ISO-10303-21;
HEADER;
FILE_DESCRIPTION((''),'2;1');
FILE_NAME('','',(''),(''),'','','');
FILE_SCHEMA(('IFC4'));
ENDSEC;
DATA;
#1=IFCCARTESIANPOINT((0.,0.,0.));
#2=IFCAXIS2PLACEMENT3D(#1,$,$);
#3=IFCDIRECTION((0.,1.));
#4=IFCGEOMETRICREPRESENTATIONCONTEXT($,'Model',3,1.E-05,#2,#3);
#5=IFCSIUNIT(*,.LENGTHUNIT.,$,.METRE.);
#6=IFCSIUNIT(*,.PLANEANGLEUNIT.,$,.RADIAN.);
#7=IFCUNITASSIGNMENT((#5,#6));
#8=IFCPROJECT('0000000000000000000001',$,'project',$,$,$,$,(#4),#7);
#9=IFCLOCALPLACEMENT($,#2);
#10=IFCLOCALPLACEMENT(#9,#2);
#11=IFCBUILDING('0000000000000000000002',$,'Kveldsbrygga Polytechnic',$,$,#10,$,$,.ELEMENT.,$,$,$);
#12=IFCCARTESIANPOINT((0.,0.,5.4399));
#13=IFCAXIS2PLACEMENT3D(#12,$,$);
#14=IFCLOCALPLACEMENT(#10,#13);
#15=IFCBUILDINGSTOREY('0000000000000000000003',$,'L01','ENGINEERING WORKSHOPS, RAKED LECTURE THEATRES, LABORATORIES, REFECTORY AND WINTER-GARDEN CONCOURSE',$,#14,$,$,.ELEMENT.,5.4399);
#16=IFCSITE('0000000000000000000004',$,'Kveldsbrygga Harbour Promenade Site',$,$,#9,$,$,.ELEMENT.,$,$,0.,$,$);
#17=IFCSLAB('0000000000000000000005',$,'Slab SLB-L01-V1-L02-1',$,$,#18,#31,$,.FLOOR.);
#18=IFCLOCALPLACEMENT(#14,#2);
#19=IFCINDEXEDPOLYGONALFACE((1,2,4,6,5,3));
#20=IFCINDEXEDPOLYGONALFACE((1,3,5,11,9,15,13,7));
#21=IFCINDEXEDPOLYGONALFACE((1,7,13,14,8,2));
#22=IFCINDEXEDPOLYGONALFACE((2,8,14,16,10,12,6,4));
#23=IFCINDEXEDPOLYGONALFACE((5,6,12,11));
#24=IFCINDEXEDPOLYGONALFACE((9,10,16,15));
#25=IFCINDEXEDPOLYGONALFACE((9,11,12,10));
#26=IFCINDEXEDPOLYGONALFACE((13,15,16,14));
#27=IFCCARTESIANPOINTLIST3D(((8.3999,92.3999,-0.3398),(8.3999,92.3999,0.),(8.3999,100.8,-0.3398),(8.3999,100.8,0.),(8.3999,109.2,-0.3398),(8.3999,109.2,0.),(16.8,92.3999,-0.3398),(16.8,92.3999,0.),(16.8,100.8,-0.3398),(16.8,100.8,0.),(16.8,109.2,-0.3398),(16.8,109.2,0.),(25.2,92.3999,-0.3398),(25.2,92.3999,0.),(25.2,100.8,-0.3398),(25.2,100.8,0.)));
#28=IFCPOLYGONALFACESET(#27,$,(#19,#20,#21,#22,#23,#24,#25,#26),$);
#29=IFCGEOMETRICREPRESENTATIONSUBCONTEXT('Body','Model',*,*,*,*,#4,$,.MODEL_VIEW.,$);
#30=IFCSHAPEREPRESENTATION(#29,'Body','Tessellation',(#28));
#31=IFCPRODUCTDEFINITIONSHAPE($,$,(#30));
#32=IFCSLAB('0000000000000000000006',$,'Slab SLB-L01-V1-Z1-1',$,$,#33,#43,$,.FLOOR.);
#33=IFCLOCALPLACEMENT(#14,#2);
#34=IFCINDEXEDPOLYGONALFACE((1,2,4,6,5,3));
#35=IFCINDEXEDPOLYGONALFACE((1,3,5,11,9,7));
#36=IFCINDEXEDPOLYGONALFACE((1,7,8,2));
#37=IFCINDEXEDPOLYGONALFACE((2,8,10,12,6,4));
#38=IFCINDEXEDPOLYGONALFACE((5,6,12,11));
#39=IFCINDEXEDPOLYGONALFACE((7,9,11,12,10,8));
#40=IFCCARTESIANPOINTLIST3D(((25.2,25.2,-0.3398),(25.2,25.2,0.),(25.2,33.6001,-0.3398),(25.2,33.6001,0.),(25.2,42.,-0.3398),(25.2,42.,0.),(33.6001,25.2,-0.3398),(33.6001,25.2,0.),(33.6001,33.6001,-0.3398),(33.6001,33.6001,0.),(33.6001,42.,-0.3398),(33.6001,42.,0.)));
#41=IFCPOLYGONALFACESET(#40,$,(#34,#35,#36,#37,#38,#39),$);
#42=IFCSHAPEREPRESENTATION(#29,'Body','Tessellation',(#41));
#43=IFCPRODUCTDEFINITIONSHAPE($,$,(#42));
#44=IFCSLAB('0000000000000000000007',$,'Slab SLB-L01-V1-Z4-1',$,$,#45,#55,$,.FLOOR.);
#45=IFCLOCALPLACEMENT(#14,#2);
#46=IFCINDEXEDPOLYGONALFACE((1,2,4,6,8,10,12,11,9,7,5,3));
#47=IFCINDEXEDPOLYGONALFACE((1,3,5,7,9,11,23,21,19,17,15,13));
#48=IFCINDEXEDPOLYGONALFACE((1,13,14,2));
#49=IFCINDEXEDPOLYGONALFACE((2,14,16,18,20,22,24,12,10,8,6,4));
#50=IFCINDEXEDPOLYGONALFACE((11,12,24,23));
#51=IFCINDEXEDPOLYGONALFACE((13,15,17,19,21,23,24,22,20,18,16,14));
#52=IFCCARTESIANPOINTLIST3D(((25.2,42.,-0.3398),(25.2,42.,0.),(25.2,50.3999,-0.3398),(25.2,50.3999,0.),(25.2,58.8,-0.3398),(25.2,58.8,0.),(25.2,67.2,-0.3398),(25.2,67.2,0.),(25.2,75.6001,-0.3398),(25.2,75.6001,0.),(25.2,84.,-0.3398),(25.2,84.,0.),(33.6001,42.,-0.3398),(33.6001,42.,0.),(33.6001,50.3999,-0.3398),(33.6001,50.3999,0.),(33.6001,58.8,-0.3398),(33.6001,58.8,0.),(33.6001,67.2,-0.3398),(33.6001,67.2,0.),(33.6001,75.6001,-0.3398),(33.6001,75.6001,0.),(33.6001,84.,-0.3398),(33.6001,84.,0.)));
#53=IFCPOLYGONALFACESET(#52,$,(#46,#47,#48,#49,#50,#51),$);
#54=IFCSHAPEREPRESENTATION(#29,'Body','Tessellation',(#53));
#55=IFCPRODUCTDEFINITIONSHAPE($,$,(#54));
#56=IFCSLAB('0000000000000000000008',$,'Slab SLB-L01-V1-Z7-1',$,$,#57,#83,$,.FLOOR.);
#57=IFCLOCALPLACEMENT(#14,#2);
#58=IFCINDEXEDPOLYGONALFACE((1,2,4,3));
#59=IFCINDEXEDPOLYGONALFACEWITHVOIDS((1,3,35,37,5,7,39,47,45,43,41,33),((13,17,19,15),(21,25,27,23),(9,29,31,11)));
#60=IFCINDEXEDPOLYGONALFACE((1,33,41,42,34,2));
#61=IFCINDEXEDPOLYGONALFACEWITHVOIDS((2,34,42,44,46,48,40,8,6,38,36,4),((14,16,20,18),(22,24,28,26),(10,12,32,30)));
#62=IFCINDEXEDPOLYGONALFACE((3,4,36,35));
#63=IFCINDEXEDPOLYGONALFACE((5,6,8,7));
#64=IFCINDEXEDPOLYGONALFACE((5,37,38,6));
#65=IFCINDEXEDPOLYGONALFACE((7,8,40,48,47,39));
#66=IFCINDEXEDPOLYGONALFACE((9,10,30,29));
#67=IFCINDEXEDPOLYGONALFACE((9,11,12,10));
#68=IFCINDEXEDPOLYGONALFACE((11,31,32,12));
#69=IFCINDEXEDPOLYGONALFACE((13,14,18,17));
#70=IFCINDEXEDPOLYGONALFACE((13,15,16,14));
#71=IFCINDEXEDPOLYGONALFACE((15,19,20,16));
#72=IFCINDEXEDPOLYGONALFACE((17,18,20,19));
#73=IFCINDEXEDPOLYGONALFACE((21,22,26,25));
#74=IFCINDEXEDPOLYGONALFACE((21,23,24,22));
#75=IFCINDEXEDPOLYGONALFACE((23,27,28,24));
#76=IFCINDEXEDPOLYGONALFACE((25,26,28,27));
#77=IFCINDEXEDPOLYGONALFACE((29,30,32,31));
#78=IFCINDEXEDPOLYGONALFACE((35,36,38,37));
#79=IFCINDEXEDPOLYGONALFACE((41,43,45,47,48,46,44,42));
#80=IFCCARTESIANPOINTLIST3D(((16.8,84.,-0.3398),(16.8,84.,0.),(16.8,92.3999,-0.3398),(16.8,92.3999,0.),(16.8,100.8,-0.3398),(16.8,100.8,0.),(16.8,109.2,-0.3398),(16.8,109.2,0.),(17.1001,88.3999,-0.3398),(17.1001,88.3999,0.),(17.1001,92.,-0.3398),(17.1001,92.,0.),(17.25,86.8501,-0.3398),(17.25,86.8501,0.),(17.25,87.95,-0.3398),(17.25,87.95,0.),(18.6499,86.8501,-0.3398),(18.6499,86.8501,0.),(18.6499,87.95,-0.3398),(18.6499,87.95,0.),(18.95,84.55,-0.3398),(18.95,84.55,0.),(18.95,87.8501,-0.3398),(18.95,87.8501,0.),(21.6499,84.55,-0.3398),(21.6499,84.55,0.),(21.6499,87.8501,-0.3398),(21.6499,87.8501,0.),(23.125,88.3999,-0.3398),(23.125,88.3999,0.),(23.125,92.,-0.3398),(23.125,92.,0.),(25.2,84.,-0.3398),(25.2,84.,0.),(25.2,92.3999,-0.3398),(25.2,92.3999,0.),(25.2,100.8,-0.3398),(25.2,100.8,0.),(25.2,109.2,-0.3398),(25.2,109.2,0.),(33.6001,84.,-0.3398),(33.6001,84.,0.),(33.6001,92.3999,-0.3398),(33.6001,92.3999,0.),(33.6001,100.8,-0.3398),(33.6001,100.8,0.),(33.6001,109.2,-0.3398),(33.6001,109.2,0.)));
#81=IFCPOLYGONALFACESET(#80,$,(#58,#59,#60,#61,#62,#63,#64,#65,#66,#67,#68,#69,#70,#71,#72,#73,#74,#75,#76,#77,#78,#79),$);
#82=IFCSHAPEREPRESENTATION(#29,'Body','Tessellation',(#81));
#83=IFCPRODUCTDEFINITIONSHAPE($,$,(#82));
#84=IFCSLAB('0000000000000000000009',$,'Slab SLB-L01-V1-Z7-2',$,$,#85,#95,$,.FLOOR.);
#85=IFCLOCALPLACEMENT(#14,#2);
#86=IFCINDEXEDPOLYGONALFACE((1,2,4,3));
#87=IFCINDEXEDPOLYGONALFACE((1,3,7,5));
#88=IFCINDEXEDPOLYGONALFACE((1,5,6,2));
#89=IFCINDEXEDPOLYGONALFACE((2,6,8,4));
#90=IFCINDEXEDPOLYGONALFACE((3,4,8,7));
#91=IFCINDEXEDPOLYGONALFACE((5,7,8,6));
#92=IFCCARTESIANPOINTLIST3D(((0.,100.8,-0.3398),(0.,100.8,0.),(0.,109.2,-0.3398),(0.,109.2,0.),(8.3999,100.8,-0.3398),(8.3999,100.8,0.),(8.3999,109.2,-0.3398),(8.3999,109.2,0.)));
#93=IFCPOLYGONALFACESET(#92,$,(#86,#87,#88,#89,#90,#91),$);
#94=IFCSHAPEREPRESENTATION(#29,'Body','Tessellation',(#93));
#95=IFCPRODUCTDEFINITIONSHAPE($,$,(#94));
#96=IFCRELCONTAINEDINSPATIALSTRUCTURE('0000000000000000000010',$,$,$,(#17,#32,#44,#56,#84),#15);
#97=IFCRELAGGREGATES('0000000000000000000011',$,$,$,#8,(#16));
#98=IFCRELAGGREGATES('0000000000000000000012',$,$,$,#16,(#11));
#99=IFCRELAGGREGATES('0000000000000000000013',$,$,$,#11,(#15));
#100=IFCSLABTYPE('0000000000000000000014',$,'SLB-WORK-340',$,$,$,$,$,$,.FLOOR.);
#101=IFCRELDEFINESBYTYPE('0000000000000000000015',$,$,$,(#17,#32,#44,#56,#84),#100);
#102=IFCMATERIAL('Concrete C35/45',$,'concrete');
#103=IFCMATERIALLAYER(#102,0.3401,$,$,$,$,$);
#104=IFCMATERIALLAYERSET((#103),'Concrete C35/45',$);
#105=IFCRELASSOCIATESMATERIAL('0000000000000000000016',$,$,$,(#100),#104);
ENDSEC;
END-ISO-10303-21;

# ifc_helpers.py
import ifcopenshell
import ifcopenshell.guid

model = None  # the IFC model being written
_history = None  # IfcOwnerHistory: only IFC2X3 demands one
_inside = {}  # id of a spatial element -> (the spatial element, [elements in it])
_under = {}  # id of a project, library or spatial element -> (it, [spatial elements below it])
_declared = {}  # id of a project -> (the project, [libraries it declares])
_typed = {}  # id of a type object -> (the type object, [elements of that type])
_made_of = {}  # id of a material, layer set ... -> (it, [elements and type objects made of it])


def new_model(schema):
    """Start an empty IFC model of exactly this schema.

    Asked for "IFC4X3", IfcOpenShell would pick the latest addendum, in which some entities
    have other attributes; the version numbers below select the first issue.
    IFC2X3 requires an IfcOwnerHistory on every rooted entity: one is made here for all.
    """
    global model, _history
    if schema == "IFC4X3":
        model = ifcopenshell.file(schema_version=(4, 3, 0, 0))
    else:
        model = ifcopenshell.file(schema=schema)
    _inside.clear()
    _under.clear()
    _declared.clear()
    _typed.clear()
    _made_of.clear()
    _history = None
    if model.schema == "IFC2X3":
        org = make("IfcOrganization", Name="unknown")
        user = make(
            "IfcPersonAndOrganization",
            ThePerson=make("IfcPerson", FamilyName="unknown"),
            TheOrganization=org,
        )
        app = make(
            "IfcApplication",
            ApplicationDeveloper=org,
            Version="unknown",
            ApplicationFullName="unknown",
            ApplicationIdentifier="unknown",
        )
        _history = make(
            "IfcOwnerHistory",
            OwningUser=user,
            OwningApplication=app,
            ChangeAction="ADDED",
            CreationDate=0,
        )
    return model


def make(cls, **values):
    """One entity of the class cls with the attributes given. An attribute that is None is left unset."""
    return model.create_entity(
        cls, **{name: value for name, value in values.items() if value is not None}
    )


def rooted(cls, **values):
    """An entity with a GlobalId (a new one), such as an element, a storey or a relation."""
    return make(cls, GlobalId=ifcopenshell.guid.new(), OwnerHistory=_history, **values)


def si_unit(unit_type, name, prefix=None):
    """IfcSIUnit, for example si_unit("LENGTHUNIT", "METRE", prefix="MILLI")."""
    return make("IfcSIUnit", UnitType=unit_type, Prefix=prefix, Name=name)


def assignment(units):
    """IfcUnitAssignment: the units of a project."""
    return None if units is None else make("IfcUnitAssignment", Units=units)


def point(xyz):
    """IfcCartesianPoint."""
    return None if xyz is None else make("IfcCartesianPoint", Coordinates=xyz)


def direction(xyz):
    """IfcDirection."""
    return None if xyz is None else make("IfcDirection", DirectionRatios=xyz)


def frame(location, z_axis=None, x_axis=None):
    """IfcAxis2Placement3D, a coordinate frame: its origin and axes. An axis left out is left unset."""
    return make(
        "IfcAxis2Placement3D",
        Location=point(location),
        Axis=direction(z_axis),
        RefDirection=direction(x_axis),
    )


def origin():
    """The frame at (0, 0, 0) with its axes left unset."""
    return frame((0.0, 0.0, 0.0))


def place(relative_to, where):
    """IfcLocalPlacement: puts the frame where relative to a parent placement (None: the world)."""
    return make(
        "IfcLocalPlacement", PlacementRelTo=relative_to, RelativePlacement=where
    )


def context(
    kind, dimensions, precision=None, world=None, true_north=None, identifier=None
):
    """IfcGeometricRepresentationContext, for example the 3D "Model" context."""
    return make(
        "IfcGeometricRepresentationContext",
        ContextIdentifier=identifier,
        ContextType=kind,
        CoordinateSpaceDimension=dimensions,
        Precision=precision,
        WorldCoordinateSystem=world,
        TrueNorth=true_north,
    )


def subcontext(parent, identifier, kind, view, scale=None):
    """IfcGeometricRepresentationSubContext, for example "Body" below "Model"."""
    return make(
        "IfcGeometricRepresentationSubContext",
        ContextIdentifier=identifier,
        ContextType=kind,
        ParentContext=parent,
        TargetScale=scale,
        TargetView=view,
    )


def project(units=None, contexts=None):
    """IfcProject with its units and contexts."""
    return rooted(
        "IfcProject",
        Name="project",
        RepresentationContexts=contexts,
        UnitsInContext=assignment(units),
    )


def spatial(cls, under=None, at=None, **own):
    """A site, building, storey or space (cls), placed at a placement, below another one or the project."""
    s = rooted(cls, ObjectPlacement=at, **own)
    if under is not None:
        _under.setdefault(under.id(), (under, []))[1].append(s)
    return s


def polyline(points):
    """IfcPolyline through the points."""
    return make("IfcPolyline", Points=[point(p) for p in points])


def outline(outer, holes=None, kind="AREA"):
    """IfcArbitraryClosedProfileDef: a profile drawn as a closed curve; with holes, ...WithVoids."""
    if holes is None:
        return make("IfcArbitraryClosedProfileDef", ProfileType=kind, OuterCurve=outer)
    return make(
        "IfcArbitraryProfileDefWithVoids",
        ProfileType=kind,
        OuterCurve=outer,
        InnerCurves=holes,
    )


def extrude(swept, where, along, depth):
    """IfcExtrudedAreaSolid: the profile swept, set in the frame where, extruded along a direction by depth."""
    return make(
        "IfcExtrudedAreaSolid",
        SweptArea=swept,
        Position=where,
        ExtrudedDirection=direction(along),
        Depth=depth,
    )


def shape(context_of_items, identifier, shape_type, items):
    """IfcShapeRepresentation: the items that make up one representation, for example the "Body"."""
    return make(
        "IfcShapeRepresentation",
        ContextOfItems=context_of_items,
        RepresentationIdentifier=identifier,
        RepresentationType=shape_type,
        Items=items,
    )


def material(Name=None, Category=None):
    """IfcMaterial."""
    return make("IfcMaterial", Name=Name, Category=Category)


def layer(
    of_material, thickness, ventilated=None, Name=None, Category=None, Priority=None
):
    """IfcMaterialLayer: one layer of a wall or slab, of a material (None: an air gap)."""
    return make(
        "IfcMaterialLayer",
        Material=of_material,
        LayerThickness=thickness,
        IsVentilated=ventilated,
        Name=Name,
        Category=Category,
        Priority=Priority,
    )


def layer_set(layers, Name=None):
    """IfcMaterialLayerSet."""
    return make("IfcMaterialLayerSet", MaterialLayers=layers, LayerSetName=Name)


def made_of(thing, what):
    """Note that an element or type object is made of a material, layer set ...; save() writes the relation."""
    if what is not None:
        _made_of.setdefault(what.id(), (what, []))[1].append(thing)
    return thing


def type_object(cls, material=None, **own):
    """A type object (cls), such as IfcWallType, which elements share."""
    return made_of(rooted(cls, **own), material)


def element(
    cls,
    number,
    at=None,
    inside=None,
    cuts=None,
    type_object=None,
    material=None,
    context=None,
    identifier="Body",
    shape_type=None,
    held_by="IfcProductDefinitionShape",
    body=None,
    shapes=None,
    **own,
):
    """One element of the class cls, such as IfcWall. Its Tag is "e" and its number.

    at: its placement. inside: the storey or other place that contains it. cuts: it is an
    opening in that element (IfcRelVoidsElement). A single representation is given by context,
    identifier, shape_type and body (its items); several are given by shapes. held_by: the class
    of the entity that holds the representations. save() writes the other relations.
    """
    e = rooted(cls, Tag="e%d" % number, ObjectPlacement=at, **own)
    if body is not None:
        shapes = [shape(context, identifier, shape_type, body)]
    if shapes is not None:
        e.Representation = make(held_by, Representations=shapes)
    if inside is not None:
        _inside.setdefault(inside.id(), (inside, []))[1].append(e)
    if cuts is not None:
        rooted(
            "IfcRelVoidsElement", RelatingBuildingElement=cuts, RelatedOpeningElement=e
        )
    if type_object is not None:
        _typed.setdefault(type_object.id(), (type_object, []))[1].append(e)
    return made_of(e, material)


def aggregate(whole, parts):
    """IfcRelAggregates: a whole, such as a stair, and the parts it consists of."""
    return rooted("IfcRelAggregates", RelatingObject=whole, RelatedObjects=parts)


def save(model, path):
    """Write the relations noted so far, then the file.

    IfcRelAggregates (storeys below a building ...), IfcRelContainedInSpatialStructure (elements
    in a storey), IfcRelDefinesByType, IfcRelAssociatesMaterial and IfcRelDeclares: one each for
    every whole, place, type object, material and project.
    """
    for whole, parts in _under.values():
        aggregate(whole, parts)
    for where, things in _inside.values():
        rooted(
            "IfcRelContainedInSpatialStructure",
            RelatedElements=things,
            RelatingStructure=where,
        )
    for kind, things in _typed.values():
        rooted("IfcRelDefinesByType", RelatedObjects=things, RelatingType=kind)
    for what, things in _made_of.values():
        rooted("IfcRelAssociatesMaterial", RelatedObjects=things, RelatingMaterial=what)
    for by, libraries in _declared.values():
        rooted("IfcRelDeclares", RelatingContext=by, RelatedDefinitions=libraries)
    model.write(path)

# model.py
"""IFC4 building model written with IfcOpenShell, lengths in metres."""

from ifc_helpers import new_model, si_unit, direction, frame, origin, place, context, subcontext, project, spatial, polyline, outline, extrude, material, layer, layer_set, type_object, element, save


model = new_model("IFC4")

# Units and contexts
model_context = context("Model", 3, precision=1e-05, world=origin(), true_north=direction((0.0, 1.0)))
body_context = subcontext(model_context, "Body", "Model", "MODEL_VIEW")
ifc_project = project(units=[si_unit("LENGTHUNIT", "METRE"), si_unit("PLANEANGLEUNIT", "RADIAN")], contexts=[model_context])

# Site, building, storey
site_placement = place(None, origin())
site = spatial("IfcSite", under=ifc_project, at=site_placement, Name="Kveldsbrygga Harbour Promenade Site", CompositionType="ELEMENT", RefElevation=0.0)
building_placement = place(site_placement, origin())
building = spatial("IfcBuilding", under=site, at=building_placement, Name="Kveldsbrygga Polytechnic", CompositionType="ELEMENT")
storey_placement = place(building_placement, frame((0.0, 0.0, 5.4399)))
storey = spatial("IfcBuildingStorey", under=building, at=storey_placement, Name="L01", Description="ENGINEERING WORKSHOPS, RAKED LECTURE THEATRES, LABORATORIES, REFECTORY AND WINTER-GARDEN CONCOURSE", CompositionType="ELEMENT", Elevation=5.4399)

# Slabs
ifc_material_1 = material(Name="Concrete C35/45", Category="concrete")
ifc_layer_1 = layer(ifc_material_1, 0.3401)
ifc_layer_set_1 = layer_set([ifc_layer_1], Name="Concrete C35/45")
slab_type_1 = type_object("IfcSlabType", Name="SLB-WORK-340", PredefinedType="FLOOR", material=ifc_layer_set_1)
slab_1_placement = place(storey_placement, frame((0.0, 0.0, -0.3398)))
element("IfcSlab", 1, at=slab_1_placement, inside=storey, type_object=slab_type_1, Name="Slab SLB-L01-V1-L02-1", PredefinedType="FLOOR", context=body_context, shape_type="SweptSolid", body=[
    extrude(outline(polyline([(8.3999, 92.3999), (8.3999, 100.8), (8.3999, 109.2), (16.8, 109.2), (16.8, 100.8), (25.2, 100.8), (25.2, 92.3999), (16.8, 92.3999), (8.3999, 92.3999)])), origin(), (0.0, 0.0, 1.0), 0.3398),
])
slab_2_placement = place(storey_placement, frame((0.0, 0.0, -0.3398)))
element("IfcSlab", 2, at=slab_2_placement, inside=storey, type_object=slab_type_1, Name="Slab SLB-L01-V1-Z1-1", PredefinedType="FLOOR", context=body_context, shape_type="SweptSolid", body=[
    extrude(outline(polyline([(33.6001, 25.2), (25.2, 25.2), (25.2, 33.6001), (25.2, 42.0), (33.6001, 42.0), (33.6001, 33.6001), (33.6001, 25.2)])), origin(), (0.0, 0.0, 1.0), 0.3398),
])
slab_3_placement = place(storey_placement, frame((0.0, 0.0, -0.3398)))
element("IfcSlab", 3, at=slab_3_placement, inside=storey, type_object=slab_type_1, Name="Slab SLB-L01-V1-Z4-1", PredefinedType="FLOOR", context=body_context, shape_type="SweptSolid", body=[
    extrude(outline(polyline([(25.2, 42.0), (25.2, 50.3999), (25.2, 58.8), (25.2, 67.2), (25.2, 75.6001), (25.2, 84.0), (33.6001, 84.0), (33.6001, 75.6001), (33.6001, 67.2), (33.6001, 58.8), (33.6001, 50.3999), (33.6001, 42.0), (25.2, 42.0)])), origin(), (0.0, 0.0, 1.0), 0.3398),
])
slab_4_placement = place(storey_placement, frame((0.0, 0.0, -0.3398)))
element("IfcSlab", 4, at=slab_4_placement, inside=storey, type_object=slab_type_1, Name="Slab SLB-L01-V1-Z7-1", PredefinedType="FLOOR", context=body_context, shape_type="SweptSolid", body=[
    extrude(outline(polyline([(16.8, 92.3999), (25.2, 92.3999), (25.2, 100.8), (16.8, 100.8), (16.8, 109.2), (25.2, 109.2), (33.6001, 109.2), (33.6001, 100.8), (33.6001, 92.3999), (33.6001, 84.0), (25.2, 84.0), (16.8, 84.0), (16.8, 92.3999)]), holes=[polyline([(23.125, 92.0), (17.1001, 92.0), (17.1001, 88.3999), (23.125, 88.3999), (23.125, 92.0)]), polyline([(18.95, 84.55), (21.6499, 84.55), (21.6499, 87.8501), (18.95, 87.8501), (18.95, 84.55)]), polyline([(17.25, 86.8501), (18.6499, 86.8501), (18.6499, 87.95), (17.25, 87.95), (17.25, 86.8501)])]), origin(), (0.0, 0.0, 1.0), 0.3398),
])
slab_5_placement = place(storey_placement, frame((0.0, 0.0, -0.3398)))
element("IfcSlab", 5, at=slab_5_placement, inside=storey, type_object=slab_type_1, Name="Slab SLB-L01-V1-Z7-2", PredefinedType="FLOOR", context=body_context, shape_type="SweptSolid", body=[
    extrude(outline(polyline([(0.0, 109.2), (8.3999, 109.2), (8.3999, 100.8), (0.0, 100.8), (0.0, 109.2)])), origin(), (0.0, 0.0, 1.0), 0.3398),
])

save(model, "model.ifc")
